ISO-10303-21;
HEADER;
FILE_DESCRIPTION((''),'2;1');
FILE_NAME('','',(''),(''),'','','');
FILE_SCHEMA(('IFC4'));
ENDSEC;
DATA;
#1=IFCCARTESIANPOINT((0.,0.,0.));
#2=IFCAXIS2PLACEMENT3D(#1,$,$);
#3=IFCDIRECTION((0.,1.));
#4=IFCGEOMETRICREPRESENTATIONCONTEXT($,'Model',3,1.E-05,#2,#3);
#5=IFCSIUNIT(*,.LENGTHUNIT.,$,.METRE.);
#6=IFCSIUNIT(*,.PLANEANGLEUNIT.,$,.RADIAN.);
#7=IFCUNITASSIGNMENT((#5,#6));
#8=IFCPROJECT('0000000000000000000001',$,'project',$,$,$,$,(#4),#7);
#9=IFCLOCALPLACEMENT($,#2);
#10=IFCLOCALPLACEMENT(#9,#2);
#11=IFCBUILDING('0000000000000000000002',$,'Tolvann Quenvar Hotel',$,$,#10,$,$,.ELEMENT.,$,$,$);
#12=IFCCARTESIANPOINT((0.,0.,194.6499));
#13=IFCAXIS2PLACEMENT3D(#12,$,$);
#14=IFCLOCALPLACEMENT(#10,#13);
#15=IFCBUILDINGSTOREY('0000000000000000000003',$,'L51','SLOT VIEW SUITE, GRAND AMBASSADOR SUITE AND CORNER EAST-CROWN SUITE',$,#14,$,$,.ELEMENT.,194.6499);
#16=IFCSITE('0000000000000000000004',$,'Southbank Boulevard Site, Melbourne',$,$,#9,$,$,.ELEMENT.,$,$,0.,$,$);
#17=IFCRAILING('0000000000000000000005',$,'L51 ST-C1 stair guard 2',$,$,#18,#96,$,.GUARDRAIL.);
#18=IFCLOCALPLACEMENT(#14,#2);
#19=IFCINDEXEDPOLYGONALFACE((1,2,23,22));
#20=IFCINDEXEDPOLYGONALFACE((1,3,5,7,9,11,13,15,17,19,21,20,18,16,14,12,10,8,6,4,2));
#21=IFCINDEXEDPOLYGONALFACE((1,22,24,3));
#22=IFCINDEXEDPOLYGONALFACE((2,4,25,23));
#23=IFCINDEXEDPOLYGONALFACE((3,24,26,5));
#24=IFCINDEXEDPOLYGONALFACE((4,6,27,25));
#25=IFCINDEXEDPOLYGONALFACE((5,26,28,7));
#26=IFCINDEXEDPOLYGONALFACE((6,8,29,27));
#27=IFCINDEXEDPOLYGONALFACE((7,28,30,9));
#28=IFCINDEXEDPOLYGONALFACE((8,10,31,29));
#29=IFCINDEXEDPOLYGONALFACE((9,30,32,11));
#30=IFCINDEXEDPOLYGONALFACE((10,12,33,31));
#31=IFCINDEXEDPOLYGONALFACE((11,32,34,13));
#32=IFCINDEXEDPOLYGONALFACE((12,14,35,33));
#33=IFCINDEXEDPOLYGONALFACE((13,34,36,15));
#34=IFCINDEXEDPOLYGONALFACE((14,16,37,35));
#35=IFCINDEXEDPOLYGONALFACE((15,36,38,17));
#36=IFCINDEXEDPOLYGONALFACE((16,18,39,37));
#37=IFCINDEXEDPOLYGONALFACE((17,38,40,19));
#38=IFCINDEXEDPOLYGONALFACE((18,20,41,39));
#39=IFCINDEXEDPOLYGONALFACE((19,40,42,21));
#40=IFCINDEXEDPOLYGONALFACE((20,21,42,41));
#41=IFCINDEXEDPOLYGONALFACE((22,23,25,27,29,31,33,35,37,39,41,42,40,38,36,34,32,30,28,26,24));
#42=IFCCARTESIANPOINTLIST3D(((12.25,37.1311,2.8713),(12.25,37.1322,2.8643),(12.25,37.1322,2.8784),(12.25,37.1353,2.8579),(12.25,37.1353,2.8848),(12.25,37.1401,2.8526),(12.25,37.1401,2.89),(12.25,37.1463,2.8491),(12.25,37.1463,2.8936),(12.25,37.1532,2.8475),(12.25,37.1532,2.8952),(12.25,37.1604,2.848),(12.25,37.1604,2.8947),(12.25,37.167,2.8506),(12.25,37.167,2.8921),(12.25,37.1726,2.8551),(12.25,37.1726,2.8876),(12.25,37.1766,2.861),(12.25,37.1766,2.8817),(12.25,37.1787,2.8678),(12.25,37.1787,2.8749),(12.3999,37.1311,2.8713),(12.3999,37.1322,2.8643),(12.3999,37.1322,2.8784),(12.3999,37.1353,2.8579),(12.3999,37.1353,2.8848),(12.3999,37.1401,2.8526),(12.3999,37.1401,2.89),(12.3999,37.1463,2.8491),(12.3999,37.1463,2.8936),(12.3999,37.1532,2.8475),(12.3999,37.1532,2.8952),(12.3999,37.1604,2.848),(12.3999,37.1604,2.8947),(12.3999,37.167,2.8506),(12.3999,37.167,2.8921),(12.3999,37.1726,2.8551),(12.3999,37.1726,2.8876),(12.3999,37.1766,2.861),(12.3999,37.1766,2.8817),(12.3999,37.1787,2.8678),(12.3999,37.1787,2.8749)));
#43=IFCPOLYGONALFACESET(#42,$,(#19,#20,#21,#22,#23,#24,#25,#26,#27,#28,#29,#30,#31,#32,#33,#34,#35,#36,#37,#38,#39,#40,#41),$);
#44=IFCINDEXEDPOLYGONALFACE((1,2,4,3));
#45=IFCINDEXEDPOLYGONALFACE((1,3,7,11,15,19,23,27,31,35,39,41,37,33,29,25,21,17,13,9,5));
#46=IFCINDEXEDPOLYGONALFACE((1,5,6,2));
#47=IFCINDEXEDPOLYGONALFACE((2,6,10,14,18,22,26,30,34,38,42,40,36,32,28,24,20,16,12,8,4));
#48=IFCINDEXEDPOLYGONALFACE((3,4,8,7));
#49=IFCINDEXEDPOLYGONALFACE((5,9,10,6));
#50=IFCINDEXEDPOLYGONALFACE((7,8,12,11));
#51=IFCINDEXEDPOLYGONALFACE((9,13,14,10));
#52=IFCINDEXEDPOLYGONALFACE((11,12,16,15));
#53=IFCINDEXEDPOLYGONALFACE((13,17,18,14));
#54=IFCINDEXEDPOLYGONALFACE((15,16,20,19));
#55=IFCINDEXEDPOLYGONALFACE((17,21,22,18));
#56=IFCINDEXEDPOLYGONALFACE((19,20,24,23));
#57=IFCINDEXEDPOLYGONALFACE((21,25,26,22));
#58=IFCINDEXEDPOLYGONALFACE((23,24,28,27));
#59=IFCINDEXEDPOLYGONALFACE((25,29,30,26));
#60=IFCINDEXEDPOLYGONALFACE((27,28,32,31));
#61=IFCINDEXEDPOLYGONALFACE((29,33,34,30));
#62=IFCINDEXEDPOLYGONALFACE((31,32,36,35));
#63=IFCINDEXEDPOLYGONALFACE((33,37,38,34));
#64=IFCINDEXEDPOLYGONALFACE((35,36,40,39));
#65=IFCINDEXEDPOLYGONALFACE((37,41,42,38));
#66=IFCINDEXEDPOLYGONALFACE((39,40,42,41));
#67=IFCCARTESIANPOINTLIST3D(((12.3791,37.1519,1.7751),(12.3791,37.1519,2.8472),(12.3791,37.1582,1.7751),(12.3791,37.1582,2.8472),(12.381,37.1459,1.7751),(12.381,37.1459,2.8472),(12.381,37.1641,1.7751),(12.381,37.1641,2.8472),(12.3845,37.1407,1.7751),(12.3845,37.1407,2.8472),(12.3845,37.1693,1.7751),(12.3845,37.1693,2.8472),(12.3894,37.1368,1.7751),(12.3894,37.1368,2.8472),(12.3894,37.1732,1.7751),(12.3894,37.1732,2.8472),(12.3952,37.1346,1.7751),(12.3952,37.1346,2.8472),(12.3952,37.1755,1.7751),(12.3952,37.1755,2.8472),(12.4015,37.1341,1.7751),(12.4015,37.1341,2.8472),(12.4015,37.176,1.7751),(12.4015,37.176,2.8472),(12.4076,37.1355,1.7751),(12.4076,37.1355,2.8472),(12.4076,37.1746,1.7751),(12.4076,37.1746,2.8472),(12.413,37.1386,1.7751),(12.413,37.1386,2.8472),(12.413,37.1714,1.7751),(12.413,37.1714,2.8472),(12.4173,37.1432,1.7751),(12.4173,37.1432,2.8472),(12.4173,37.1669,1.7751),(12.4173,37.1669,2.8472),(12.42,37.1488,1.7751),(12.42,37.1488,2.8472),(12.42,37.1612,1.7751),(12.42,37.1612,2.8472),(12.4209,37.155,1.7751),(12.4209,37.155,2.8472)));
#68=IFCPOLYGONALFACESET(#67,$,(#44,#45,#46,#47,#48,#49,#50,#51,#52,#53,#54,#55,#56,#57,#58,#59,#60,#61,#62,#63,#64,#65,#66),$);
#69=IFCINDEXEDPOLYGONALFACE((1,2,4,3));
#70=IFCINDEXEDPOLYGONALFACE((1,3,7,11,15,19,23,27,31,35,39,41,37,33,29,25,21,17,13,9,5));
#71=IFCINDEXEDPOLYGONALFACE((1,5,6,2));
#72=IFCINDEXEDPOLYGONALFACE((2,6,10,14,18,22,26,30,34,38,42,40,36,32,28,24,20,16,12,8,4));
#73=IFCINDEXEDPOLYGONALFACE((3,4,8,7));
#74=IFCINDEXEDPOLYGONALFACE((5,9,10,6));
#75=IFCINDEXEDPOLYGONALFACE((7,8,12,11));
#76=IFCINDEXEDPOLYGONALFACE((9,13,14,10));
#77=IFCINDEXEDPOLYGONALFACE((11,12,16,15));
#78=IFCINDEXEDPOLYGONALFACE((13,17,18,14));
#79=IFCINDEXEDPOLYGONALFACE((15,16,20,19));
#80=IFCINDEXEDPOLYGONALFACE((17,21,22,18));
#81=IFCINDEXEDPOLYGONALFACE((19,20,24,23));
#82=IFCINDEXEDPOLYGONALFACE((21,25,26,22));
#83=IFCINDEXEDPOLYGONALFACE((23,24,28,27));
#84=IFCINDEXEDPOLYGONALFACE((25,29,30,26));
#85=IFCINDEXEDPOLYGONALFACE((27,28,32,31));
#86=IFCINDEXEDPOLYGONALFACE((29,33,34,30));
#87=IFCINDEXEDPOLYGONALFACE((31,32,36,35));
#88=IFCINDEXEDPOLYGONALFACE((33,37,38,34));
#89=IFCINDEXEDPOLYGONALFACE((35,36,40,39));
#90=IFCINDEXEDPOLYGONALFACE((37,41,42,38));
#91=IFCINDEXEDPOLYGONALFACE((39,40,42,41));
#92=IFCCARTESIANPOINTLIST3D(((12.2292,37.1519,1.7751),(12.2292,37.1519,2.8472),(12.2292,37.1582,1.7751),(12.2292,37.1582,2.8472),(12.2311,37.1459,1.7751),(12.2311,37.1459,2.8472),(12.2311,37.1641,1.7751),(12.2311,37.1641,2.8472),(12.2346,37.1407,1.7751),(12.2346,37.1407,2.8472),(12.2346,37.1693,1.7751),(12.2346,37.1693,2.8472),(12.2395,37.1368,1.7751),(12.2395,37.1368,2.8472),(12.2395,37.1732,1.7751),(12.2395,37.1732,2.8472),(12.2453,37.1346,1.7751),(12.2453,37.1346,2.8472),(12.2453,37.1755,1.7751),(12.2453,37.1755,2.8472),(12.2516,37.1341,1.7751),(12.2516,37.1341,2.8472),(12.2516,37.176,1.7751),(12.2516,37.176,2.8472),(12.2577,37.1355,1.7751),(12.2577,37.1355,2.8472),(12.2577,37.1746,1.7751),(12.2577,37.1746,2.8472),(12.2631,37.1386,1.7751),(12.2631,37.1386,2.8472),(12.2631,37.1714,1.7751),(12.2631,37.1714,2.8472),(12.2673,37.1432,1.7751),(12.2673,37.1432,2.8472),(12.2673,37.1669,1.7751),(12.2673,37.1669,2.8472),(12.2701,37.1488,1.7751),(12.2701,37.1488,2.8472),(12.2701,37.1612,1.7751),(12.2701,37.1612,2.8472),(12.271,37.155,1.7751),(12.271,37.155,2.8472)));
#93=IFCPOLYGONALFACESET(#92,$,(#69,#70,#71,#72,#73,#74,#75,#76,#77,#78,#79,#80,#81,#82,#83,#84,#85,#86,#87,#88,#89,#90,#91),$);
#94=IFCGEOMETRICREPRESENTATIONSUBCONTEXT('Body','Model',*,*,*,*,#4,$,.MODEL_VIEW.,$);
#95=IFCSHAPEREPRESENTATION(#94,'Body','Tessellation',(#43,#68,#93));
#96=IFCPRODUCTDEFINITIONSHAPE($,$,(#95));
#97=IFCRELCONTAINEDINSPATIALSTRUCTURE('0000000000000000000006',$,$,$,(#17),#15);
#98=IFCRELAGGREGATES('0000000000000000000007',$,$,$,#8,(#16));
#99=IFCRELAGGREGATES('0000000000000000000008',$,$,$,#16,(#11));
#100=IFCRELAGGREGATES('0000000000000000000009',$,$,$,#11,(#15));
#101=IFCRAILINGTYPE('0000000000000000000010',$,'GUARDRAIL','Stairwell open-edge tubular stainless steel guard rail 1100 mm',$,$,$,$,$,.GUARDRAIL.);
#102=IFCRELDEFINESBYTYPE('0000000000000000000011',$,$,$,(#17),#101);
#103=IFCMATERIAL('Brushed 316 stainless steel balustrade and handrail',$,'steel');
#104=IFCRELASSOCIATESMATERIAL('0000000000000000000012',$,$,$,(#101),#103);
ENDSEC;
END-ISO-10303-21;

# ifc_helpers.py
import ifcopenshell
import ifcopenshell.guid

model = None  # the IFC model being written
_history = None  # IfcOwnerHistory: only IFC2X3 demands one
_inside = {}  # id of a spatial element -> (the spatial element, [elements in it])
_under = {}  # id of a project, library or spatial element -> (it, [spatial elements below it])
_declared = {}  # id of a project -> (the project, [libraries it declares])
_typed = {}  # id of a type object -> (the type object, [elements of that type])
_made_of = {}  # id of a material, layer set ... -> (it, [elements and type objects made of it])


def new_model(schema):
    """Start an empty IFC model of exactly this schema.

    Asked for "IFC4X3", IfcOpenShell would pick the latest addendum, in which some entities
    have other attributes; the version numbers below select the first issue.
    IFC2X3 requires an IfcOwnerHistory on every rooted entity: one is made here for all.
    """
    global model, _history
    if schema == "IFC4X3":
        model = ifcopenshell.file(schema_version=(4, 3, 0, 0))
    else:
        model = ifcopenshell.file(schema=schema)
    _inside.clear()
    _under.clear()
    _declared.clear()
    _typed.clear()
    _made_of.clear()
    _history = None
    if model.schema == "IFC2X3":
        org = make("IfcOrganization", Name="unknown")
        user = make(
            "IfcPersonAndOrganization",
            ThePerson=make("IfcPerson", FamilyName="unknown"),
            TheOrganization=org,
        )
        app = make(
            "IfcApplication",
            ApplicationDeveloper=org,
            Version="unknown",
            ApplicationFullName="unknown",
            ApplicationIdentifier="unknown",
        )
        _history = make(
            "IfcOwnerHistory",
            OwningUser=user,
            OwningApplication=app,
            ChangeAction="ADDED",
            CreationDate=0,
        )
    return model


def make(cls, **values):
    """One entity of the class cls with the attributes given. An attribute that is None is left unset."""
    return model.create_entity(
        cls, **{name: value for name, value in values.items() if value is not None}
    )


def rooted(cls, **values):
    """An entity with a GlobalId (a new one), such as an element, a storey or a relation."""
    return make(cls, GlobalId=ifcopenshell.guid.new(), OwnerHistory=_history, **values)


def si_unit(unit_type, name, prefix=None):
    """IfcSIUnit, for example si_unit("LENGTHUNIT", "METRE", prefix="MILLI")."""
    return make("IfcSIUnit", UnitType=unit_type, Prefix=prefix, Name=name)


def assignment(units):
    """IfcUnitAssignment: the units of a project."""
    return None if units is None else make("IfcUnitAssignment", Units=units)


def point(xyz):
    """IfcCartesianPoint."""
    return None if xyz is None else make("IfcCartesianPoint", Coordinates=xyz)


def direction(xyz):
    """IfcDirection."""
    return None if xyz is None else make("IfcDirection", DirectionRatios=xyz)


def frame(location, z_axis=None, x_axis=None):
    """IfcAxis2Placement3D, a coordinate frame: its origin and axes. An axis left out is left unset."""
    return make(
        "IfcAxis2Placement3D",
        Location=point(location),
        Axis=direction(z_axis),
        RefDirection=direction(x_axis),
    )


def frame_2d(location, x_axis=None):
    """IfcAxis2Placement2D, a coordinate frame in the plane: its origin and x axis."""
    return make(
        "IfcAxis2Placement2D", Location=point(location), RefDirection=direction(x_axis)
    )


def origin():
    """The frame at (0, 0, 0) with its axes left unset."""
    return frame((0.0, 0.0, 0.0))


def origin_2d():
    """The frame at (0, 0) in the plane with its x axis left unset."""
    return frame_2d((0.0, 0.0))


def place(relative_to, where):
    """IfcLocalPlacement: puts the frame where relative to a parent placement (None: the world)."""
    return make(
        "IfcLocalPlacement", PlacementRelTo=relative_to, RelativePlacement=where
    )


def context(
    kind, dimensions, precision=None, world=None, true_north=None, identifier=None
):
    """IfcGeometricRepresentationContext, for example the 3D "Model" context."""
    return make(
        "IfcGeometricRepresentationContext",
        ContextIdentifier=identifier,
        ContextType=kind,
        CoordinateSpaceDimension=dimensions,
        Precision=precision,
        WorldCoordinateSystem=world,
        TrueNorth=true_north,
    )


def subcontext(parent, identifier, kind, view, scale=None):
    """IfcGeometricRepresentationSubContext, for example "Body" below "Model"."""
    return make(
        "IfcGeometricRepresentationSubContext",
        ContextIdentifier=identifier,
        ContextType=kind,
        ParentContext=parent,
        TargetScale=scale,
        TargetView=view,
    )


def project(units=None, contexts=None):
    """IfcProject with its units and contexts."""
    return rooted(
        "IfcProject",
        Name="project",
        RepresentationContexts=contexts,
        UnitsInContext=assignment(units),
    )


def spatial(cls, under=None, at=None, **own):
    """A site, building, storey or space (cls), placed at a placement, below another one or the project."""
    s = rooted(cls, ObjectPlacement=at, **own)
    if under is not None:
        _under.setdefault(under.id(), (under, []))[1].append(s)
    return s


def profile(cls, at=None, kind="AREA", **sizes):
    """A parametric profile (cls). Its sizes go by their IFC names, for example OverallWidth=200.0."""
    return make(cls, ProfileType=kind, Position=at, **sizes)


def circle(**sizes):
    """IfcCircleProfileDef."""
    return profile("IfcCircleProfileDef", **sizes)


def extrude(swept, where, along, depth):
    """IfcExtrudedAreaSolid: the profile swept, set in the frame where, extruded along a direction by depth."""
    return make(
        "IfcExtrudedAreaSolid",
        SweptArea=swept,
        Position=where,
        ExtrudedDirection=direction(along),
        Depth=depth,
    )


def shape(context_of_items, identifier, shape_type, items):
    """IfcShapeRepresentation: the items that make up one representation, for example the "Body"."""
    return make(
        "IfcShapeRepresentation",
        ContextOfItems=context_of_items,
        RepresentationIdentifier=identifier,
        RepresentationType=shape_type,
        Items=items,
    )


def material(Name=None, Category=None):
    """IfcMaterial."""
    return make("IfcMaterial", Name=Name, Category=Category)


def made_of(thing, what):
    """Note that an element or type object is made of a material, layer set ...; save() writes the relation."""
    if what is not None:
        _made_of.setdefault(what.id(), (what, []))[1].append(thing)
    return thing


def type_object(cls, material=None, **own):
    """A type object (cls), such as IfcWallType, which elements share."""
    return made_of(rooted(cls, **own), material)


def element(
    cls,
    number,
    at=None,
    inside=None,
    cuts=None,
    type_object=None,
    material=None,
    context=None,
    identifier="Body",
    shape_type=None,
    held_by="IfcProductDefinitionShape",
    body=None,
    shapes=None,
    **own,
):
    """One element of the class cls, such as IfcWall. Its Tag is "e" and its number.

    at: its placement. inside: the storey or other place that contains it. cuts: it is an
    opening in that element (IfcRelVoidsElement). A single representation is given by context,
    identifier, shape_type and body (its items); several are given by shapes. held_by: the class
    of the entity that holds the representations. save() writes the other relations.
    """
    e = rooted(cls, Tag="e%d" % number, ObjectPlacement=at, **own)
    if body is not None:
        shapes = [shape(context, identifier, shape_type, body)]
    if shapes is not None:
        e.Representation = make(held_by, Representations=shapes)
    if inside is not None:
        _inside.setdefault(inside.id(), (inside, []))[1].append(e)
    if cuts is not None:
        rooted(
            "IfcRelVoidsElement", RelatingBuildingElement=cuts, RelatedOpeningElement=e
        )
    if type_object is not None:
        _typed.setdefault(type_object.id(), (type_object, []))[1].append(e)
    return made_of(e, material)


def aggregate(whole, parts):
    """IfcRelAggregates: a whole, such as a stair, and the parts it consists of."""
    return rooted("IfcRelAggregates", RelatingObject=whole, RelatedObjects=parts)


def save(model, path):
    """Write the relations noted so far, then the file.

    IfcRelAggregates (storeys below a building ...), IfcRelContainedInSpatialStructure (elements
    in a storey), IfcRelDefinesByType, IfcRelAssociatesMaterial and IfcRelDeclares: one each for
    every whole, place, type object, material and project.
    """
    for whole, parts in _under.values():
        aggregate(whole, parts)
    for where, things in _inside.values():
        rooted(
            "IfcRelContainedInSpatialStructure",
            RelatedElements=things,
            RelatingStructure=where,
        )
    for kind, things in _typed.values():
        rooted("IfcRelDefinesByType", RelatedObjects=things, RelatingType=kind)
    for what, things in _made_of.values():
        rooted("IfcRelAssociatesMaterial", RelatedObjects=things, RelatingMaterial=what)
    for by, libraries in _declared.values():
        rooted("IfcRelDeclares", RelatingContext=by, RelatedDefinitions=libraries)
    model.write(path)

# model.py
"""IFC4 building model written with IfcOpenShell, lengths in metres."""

from ifc_helpers import new_model, si_unit, direction, frame, origin, origin_2d, place, context, subcontext, project, spatial, circle, extrude, material, type_object, element, save


model = new_model("IFC4")

# Units and contexts
model_context = context("Model", 3, precision=1e-05, world=origin(), true_north=direction((0.0, 1.0)))
body_context = subcontext(model_context, "Body", "Model", "MODEL_VIEW")
ifc_project = project(units=[si_unit("LENGTHUNIT", "METRE"), si_unit("PLANEANGLEUNIT", "RADIAN")], contexts=[model_context])

# Site, building, storey
site_placement = place(None, origin())
site = spatial("IfcSite", under=ifc_project, at=site_placement, Name="Southbank Boulevard Site, Melbourne", CompositionType="ELEMENT", RefElevation=0.0)
building_placement = place(site_placement, origin())
building = spatial("IfcBuilding", under=site, at=building_placement, Name="Tolvann Quenvar Hotel", CompositionType="ELEMENT")
storey_placement = place(building_placement, frame((0.0, 0.0, 194.6499)))
storey = spatial("IfcBuildingStorey", under=building, at=storey_placement, Name="L51", Description="SLOT VIEW SUITE, GRAND AMBASSADOR SUITE AND CORNER EAST-CROWN SUITE", CompositionType="ELEMENT", Elevation=194.6499)

# Railing
ifc_material_1 = material(Name="Brushed 316 stainless steel balustrade and handrail", Category="steel")
railing_type_1 = type_object("IfcRailingType", Name="GUARDRAIL", Description="Stairwell open-edge tubular stainless steel guard rail 1100 mm", PredefinedType="GUARDRAIL", material=ifc_material_1)
railing_1_placement = place(storey_placement, frame((12.3999, 37.155, 1.7751)))
element("IfcRailing", 1, at=railing_1_placement, inside=storey, type_object=railing_type_1, Name="L51 ST-C1 stair guard 2", PredefinedType="GUARDRAIL", context=body_context, shape_type="SweptSolid", body=[
    extrude(circle(Radius=0.0239, at=origin_2d()), frame((0.0, 0.0, 1.0962), z_axis=(-1.0, 0.0, 0.0), x_axis=(0.0, -1.0, 0.0)), (0.0, 0.0, 1.0), 0.1499),
    extrude(circle(Radius=0.021, at=origin_2d()), origin(), (0.0, 0.0, 1.0), 1.072),
    extrude(circle(Radius=0.021, at=origin_2d()), frame((-0.1499, 0.0, 0.0)), (0.0, 0.0, 1.0), 1.072),
])

save(model, "model.ifc")
